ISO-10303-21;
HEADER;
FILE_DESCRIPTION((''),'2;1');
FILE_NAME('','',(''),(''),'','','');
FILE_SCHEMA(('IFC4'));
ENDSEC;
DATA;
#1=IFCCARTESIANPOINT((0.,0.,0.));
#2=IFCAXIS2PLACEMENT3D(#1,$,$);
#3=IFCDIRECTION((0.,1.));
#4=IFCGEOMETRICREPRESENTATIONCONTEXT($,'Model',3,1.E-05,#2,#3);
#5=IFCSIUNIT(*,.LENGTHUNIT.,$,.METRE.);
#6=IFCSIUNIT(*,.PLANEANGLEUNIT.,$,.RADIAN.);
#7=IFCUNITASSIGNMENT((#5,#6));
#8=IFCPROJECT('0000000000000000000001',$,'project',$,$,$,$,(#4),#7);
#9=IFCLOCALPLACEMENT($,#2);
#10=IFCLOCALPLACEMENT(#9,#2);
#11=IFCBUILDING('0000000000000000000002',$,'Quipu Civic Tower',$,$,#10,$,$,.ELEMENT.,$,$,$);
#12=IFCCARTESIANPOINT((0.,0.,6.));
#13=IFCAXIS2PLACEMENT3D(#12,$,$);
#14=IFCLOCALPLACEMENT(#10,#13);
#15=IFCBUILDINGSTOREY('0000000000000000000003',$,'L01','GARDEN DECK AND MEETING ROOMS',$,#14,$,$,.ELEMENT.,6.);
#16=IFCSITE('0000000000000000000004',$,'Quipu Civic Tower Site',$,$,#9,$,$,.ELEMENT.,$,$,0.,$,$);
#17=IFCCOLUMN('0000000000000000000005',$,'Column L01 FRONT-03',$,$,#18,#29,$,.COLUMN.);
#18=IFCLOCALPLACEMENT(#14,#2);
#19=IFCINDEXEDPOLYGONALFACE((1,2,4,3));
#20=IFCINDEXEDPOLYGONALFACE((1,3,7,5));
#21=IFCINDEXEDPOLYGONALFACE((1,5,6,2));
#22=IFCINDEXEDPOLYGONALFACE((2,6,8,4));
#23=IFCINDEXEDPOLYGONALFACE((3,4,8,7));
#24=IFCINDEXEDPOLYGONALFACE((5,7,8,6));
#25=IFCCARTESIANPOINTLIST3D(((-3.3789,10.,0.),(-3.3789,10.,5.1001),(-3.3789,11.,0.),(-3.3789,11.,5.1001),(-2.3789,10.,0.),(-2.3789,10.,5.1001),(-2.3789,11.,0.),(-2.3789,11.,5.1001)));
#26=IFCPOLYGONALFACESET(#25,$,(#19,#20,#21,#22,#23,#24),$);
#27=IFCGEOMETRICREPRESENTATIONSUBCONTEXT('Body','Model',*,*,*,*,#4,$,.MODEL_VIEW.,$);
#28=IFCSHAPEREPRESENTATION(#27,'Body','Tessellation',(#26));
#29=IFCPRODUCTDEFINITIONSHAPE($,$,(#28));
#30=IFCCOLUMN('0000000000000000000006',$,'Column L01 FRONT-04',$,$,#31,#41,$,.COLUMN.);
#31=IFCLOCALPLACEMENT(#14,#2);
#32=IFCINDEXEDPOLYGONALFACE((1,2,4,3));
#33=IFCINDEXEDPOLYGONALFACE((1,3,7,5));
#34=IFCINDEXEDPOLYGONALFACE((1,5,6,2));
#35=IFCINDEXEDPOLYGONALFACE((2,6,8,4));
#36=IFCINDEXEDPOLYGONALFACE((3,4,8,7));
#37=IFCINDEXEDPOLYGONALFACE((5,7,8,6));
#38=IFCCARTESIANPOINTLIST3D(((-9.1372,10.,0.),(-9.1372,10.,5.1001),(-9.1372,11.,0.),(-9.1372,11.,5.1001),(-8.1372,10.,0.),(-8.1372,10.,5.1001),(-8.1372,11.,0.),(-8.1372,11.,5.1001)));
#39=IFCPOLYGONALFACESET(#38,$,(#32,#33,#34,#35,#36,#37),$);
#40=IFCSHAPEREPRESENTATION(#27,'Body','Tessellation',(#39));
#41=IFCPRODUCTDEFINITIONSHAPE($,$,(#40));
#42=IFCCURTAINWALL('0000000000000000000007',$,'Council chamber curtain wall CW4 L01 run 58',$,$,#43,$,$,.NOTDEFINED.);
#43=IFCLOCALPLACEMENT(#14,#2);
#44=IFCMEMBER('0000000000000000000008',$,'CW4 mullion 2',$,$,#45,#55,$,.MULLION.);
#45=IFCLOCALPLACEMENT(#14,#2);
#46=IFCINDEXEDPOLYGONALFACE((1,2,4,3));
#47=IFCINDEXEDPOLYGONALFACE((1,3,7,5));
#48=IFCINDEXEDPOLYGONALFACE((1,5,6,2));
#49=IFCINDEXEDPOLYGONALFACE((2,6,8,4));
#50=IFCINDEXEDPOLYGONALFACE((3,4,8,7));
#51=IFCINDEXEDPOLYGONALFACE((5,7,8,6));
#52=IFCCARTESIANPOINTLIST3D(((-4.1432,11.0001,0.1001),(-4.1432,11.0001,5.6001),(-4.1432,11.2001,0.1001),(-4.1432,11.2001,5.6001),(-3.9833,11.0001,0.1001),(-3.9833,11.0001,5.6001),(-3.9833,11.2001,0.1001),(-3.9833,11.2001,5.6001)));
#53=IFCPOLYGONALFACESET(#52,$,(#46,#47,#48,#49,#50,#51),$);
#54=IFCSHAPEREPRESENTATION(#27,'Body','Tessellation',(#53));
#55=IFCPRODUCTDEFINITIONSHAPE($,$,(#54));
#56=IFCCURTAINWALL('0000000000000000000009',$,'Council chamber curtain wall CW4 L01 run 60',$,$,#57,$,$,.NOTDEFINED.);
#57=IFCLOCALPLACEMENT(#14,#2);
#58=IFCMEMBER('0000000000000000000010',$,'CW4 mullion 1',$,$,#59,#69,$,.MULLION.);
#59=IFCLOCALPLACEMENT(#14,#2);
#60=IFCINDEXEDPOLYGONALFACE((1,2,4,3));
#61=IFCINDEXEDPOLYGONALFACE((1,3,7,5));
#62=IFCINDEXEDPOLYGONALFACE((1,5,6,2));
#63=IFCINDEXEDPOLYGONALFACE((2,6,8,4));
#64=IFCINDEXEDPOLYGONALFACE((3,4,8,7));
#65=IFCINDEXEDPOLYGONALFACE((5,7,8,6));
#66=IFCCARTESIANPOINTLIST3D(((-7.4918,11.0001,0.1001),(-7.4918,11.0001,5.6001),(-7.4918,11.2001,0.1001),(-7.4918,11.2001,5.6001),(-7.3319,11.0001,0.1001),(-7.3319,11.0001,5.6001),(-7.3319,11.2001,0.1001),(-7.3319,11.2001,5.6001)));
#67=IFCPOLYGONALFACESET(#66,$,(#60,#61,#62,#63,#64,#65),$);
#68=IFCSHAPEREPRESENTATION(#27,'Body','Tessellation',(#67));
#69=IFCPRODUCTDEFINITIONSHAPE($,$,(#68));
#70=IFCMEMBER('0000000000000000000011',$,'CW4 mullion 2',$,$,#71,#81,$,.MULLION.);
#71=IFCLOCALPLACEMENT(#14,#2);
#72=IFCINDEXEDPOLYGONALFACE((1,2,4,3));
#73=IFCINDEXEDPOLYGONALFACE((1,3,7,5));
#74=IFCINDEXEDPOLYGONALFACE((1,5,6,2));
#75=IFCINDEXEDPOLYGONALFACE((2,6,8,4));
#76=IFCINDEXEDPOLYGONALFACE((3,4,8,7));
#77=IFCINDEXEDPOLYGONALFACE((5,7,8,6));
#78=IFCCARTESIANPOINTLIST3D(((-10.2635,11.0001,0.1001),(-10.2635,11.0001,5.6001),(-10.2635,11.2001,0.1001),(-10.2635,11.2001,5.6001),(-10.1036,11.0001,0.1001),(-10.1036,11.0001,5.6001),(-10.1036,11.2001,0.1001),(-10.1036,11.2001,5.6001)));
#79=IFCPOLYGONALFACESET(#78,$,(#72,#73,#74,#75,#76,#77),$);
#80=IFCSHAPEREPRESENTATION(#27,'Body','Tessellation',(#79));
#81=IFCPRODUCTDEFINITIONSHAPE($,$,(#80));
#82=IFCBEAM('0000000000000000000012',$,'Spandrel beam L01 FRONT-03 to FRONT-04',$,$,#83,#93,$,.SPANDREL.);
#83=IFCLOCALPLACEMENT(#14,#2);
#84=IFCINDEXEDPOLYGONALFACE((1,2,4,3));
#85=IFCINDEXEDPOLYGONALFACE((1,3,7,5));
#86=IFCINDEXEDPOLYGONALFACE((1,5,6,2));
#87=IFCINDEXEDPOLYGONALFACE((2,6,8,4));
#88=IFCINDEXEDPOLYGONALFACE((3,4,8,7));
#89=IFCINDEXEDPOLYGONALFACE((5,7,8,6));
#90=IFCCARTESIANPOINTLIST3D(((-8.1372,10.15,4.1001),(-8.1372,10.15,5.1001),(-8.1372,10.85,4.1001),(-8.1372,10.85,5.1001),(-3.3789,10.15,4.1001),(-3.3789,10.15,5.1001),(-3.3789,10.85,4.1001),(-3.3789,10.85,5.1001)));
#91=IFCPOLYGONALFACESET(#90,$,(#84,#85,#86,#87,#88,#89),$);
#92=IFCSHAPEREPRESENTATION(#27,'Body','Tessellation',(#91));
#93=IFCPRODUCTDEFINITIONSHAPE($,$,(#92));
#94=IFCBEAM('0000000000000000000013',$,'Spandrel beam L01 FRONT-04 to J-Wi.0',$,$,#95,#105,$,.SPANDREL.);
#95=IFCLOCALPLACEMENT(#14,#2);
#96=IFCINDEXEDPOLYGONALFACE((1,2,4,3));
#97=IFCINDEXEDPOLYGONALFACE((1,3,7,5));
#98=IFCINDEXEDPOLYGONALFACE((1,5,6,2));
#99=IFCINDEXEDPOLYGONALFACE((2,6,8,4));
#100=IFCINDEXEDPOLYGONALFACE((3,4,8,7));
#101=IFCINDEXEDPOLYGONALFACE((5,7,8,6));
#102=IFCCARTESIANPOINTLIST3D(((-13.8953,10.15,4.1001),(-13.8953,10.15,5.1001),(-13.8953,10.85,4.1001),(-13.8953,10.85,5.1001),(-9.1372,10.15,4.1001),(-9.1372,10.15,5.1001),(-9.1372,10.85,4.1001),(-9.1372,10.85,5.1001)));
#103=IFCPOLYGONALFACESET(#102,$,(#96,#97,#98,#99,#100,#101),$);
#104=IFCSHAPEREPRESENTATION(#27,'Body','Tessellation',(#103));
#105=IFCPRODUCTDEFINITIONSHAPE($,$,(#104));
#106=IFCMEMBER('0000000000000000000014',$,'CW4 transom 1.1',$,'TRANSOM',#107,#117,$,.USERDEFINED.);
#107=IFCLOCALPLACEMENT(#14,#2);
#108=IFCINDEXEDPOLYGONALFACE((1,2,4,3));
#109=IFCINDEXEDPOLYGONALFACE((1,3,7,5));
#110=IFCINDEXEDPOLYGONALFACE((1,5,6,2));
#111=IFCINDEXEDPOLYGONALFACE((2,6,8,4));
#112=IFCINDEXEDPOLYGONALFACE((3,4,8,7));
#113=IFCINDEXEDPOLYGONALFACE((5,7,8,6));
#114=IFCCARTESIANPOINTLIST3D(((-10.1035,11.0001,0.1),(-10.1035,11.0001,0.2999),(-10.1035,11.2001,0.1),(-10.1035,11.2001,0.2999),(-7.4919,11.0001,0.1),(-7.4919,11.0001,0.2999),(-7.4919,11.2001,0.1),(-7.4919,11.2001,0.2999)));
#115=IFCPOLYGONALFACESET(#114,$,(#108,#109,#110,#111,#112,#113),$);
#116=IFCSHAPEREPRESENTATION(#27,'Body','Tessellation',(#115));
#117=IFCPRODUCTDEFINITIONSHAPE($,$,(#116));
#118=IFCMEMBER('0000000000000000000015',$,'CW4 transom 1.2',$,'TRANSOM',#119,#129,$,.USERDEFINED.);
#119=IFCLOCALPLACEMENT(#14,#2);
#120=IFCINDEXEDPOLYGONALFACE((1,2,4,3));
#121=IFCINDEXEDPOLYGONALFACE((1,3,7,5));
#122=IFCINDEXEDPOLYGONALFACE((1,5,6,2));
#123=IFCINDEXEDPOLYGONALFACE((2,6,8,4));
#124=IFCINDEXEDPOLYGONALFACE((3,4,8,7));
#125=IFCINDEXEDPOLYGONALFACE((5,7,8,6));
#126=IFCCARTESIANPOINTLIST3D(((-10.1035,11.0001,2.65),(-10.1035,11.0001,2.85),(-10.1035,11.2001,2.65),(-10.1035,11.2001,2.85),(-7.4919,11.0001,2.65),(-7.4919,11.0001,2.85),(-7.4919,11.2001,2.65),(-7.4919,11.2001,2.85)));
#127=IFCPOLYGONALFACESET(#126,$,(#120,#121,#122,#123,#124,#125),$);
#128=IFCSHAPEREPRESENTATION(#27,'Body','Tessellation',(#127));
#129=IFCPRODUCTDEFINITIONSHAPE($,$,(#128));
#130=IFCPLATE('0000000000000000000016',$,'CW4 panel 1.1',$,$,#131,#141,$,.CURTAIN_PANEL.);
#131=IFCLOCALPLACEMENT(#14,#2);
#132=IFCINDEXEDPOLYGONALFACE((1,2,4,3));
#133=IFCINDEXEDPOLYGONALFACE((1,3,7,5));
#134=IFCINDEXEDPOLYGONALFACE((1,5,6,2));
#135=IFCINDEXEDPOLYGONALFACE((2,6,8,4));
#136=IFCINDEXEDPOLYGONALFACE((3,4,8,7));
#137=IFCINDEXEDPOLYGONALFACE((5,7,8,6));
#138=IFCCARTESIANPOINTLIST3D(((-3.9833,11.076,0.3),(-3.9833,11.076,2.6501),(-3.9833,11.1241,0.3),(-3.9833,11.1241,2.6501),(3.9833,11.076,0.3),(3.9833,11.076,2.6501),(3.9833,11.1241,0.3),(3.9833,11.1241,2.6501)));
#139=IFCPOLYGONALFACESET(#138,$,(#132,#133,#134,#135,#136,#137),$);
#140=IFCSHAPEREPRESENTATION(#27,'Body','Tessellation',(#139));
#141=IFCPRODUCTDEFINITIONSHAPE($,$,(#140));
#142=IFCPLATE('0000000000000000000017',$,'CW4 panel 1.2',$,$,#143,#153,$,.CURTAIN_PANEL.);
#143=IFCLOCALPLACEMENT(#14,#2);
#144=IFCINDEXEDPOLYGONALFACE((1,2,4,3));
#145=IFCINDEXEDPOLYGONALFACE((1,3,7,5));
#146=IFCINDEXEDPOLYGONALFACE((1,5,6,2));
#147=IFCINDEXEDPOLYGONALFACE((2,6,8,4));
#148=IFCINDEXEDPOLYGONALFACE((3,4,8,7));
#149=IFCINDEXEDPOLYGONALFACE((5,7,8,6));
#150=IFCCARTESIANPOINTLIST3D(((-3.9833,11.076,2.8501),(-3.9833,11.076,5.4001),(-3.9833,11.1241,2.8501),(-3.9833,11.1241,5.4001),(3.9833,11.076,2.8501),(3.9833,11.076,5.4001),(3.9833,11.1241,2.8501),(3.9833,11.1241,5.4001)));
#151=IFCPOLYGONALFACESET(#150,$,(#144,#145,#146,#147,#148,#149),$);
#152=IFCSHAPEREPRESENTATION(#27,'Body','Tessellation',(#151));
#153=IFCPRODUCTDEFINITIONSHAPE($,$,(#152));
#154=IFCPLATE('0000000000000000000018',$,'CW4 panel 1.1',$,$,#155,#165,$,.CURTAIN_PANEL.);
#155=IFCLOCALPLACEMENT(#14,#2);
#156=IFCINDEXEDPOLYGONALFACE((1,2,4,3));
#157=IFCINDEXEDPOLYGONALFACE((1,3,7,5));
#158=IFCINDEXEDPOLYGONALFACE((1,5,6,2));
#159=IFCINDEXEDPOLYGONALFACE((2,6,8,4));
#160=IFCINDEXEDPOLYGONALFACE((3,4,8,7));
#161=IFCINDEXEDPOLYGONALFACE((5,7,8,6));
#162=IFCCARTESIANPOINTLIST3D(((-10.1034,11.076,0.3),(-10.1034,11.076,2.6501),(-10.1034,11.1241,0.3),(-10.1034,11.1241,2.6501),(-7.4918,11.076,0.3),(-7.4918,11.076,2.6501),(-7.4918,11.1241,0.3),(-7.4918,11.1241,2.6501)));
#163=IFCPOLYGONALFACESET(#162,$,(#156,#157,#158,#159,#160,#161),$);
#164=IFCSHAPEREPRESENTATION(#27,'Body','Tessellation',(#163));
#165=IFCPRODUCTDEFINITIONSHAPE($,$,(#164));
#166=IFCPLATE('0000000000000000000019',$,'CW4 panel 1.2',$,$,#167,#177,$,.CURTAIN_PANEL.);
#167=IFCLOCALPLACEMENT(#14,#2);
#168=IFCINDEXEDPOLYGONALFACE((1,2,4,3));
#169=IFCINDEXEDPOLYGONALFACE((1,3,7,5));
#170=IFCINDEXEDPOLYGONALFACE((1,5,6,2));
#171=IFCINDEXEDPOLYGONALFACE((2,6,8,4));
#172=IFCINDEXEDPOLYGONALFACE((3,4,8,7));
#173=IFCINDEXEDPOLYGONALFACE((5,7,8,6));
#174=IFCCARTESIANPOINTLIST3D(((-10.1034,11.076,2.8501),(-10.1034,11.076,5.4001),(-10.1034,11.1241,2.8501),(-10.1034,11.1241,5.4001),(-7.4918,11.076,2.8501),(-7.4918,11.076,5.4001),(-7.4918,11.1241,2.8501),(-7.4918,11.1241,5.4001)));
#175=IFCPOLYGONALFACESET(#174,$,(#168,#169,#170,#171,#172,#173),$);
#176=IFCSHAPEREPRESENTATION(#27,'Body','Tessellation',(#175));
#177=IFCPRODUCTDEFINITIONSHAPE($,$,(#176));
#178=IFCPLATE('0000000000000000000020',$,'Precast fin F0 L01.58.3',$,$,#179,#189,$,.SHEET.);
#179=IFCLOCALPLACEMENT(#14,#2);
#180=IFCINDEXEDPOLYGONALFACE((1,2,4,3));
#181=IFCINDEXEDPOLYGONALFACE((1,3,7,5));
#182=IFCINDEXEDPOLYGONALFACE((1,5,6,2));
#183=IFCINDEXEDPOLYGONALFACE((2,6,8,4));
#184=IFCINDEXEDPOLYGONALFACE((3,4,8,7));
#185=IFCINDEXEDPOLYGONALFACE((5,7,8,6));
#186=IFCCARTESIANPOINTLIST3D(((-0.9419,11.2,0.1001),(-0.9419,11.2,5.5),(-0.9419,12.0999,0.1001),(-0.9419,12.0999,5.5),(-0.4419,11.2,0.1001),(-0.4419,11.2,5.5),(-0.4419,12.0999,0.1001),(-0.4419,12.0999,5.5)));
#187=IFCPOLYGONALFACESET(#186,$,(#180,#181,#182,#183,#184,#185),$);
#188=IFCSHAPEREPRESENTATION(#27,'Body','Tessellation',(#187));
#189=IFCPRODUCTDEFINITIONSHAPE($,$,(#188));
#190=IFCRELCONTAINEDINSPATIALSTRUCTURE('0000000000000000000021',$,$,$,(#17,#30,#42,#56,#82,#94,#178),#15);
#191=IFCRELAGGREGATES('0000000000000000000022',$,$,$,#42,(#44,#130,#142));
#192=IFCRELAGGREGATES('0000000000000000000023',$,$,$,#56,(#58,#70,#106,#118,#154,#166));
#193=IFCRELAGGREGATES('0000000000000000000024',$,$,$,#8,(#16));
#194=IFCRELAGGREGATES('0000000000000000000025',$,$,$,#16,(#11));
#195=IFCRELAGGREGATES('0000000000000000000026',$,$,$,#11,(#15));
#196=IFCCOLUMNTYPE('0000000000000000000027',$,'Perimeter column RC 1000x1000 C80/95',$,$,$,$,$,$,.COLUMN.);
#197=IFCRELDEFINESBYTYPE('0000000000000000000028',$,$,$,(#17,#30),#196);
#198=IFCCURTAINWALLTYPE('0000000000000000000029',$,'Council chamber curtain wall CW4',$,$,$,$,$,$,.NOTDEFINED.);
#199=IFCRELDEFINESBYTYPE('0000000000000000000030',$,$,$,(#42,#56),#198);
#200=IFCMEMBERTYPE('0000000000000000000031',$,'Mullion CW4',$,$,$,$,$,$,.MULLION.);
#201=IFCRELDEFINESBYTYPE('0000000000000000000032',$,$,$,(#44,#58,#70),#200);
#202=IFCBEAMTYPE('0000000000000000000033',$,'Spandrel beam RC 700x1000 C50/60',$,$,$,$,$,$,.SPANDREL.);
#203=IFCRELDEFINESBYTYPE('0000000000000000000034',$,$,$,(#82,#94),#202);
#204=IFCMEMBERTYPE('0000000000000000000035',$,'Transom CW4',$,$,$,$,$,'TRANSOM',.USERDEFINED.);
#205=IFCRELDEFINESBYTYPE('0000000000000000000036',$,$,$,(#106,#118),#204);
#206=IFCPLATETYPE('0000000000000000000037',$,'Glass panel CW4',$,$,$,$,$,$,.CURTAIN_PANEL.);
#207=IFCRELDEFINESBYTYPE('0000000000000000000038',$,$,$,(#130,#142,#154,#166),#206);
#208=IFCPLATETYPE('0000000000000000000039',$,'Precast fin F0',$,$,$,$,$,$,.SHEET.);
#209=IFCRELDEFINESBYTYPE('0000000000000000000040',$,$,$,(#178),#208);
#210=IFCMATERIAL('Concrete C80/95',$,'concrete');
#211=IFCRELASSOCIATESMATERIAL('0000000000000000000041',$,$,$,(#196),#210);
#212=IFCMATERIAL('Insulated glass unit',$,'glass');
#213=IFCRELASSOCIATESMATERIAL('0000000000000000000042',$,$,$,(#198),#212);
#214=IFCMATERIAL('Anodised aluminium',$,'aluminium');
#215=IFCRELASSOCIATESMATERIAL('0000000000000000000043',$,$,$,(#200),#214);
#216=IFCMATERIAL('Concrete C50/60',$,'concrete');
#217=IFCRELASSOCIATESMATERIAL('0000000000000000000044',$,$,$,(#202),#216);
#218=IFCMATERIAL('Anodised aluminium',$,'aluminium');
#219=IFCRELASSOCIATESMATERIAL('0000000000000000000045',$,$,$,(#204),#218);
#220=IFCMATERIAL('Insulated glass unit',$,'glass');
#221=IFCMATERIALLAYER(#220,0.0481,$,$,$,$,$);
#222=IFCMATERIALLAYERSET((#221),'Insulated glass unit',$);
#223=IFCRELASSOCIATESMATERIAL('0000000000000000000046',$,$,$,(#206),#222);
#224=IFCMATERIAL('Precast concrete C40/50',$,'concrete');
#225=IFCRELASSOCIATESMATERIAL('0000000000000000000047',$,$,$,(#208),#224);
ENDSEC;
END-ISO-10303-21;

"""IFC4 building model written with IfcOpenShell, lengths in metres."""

from ifc_helpers import new_model, si_unit, direction, frame, origin, origin_2d, place, context, subcontext, project, spatial, rectangle, extrude, material, layer, layer_set, material_profile, profile_set, type_object, element, aggregate, save


model = new_model("IFC4")

# Units and contexts
model_context = context("Model", 3, precision=1e-05, world=origin(), true_north=direction((0.0, 1.0)))
body_context = subcontext(model_context, "Body", "Model", "MODEL_VIEW")
ifc_project = project(units=[si_unit("LENGTHUNIT", "METRE"), si_unit("PLANEANGLEUNIT", "RADIAN")], contexts=[model_context])

# Site, building, storey
site_placement = place(None, origin())
site = spatial("IfcSite", under=ifc_project, at=site_placement, Name="Quipu Civic Tower Site", CompositionType="ELEMENT", RefElevation=0.0)
building_placement = place(site_placement, origin())
building = spatial("IfcBuilding", under=site, at=building_placement, Name="Quipu Civic Tower", CompositionType="ELEMENT")
storey_placement = place(building_placement, frame((0.0, 0.0, 6.0)))
storey = spatial("IfcBuildingStorey", under=building, at=storey_placement, Name="L01", Description="GARDEN DECK AND MEETING ROOMS", CompositionType="ELEMENT", Elevation=6.0)

# Columns
ifc_material_1 = material(Name="Concrete C80/95", Category="concrete")
ifc_material_profile_1 = material_profile(ifc_material_1, rectangle(XDim=1.0, YDim=1.0, at=origin_2d()), Name="RC1000x1000")
ifc_profile_set_1 = profile_set([ifc_material_profile_1], Name="Concrete C80/95")
column_type = type_object("IfcColumnType", Name="Perimeter column RC 1000x1000 C80/95", PredefinedType="COLUMN", material=ifc_profile_set_1)
for number, where, z_axis, x_axis, name in (
    (1, (-2.8789, 10.5, 0.0), (0.0, 0.0, 1.0), (-1.0, 0.0, 0.0), "Column L01 FRONT-03"),
    (2, (-8.6372, 10.5, 0.0), (0.0, 0.0, 1.0), (-1.0, 0.0, 0.0), "Column L01 FRONT-04"),
):
    element("IfcColumn", number, at=place(storey_placement, frame(where, z_axis=z_axis, x_axis=x_axis)), inside=storey, type_object=column_type, Name=name, PredefinedType="COLUMN", context=body_context, shape_type="SweptSolid", body=[
        extrude(rectangle(XDim=1.0, YDim=1.0, at=origin_2d()), origin(), (0.0, 0.0, 1.0), 5.1001),
    ])

# Curtain wall, member
ifc_material_2 = material(Name="Insulated glass unit", Category="glass")
curtain_wall_type = type_object("IfcCurtainWallType", Name="Council chamber curtain wall CW4", PredefinedType="NOTDEFINED", material=ifc_material_2)
curtain_wall_1_placement = place(storey_placement, origin())
curtain_wall_1 = element("IfcCurtainWall", 3, at=curtain_wall_1_placement, inside=storey, type_object=curtain_wall_type, Name="Council chamber curtain wall CW4 L01 run 58", PredefinedType="NOTDEFINED")
ifc_material_3 = material(Name="Anodised aluminium", Category="aluminium")
ifc_material_profile_2 = material_profile(ifc_material_3, rectangle(XDim=0.2, YDim=0.1599, at=origin_2d()), Name="RECT 200x160")
ifc_profile_set_2 = profile_set([ifc_material_profile_2], Name="Anodised aluminium")
member_type_1 = type_object("IfcMemberType", Name="Mullion CW4", PredefinedType="MULLION", material=ifc_profile_set_2)
member_1_placement = place(storey_placement, frame((-4.0632, 11.1001, 0.1001), z_axis=(0.0, 0.0, 1.0), x_axis=(0.0, -1.0, 0.0)))
member_1 = element("IfcMember", 4, at=member_1_placement, type_object=member_type_1, Name="CW4 mullion 2", PredefinedType="MULLION", context=body_context, shape_type="SweptSolid", body=[
    extrude(rectangle(XDim=0.2, YDim=0.1599, at=origin_2d()), origin(), (0.0, 0.0, 1.0), 5.5),
])

# Curtain wall, members
curtain_wall_2_placement = place(storey_placement, origin())
curtain_wall_2 = element("IfcCurtainWall", 5, at=curtain_wall_2_placement, inside=storey, type_object=curtain_wall_type, Name="Council chamber curtain wall CW4 L01 run 60", PredefinedType="NOTDEFINED")
member_2_placement = place(storey_placement, frame((-7.4119, 11.1001, 0.1001), z_axis=(0.0, 0.0, 1.0), x_axis=(0.0, -1.0, 0.0)))
member_2 = element("IfcMember", 6, at=member_2_placement, type_object=member_type_1, Name="CW4 mullion 1", PredefinedType="MULLION", context=body_context, shape_type="SweptSolid", body=[
    extrude(rectangle(XDim=0.2, YDim=0.1599, at=origin_2d()), origin(), (0.0, 0.0, 1.0), 5.5),
])
member_3_placement = place(storey_placement, frame((-10.1836, 11.1001, 0.1001), z_axis=(0.0, 0.0, 1.0), x_axis=(0.0, -1.0, 0.0)))
member_3 = element("IfcMember", 7, at=member_3_placement, type_object=member_type_1, Name="CW4 mullion 2", PredefinedType="MULLION", context=body_context, shape_type="SweptSolid", body=[
    extrude(rectangle(XDim=0.2, YDim=0.1599, at=origin_2d()), origin(), (0.0, 0.0, 1.0), 5.5),
])

# Beams
ifc_material_4 = material(Name="Concrete C50/60", Category="concrete")
ifc_material_profile_3 = material_profile(ifc_material_4, rectangle(XDim=0.7, YDim=1.0, at=origin_2d()), Name="RC700x1000")
ifc_profile_set_3 = profile_set([ifc_material_profile_3], Name="Concrete C50/60")
beam_type = type_object("IfcBeamType", Name="Spandrel beam RC 700x1000 C50/60", PredefinedType="SPANDREL", material=ifc_profile_set_3)
beam_1_placement = place(storey_placement, frame((-3.3789, 10.5, 4.6001), z_axis=(-1.0, 0.0, 0.0), x_axis=(0.0, -1.0, 0.0)))
element("IfcBeam", 8, at=beam_1_placement, inside=storey, type_object=beam_type, Name="Spandrel beam L01 FRONT-03 to FRONT-04", PredefinedType="SPANDREL", context=body_context, shape_type="SweptSolid", body=[
    extrude(rectangle(XDim=0.7, YDim=1.0, at=origin_2d()), origin(), (0.0, 0.0, 1.0), 4.7583),
])
beam_2_placement = place(storey_placement, frame((-9.1372, 10.5, 4.6001), z_axis=(-1.0, 0.0, 0.0), x_axis=(0.0, -1.0, 0.0)))
element("IfcBeam", 9, at=beam_2_placement, inside=storey, type_object=beam_type, Name="Spandrel beam L01 FRONT-04 to J-Wi.0", PredefinedType="SPANDREL", context=body_context, shape_type="SweptSolid", body=[
    extrude(rectangle(XDim=0.7, YDim=1.0, at=origin_2d()), origin(), (0.0, 0.0, 1.0), 4.7581),
])

# Members
ifc_material_5 = material(Name="Anodised aluminium", Category="aluminium")
ifc_material_profile_4 = material_profile(ifc_material_5, rectangle(XDim=0.2, YDim=0.2, at=origin_2d()), Name="RECT 200x200")
ifc_profile_set_4 = profile_set([ifc_material_profile_4], Name="Anodised aluminium")
member_type_2 = type_object("IfcMemberType", Name="Transom CW4", ElementType="TRANSOM", PredefinedType="USERDEFINED", material=ifc_profile_set_4)
member_4_placement = place(storey_placement, frame((-7.4919, 11.1001, 0.2), z_axis=(-1.0, 0.0, 0.0), x_axis=(0.0, -1.0, 0.0)))
member_4 = element("IfcMember", 10, at=member_4_placement, type_object=member_type_2, Name="CW4 transom 1.1", ObjectType="TRANSOM", PredefinedType="USERDEFINED", context=body_context, shape_type="SweptSolid", body=[
    extrude(rectangle(XDim=0.2, YDim=0.2, at=origin_2d()), origin(), (0.0, 0.0, 1.0), 2.6116),
])
member_5_placement = place(storey_placement, frame((-7.4919, 11.1001, 2.75), z_axis=(-1.0, 0.0, 0.0), x_axis=(0.0, -1.0, 0.0)))
member_5 = element("IfcMember", 11, at=member_5_placement, type_object=member_type_2, Name="CW4 transom 1.2", ObjectType="TRANSOM", PredefinedType="USERDEFINED", context=body_context, shape_type="SweptSolid", body=[
    extrude(rectangle(XDim=0.2, YDim=0.2, at=origin_2d()), origin(), (0.0, 0.0, 1.0), 2.6116),
])

# Plates
ifc_material_6 = material(Name="Insulated glass unit", Category="glass")
ifc_layer_1 = layer(ifc_material_6, 0.0481)
ifc_layer_set_1 = layer_set([ifc_layer_1], Name="Insulated glass unit")
plate_type_1 = type_object("IfcPlateType", Name="Glass panel CW4", PredefinedType="CURTAIN_PANEL", material=ifc_layer_set_1)
plate_1_placement = place(storey_placement, frame((0.0, 11.1001, 0.3), z_axis=(0.0, 0.0, 1.0), x_axis=(-1.0, 0.0, 0.0)))
plate_1 = element("IfcPlate", 12, at=plate_1_placement, type_object=plate_type_1, Name="CW4 panel 1.1", PredefinedType="CURTAIN_PANEL", context=body_context, shape_type="SweptSolid", body=[
    extrude(rectangle(XDim=7.9666, YDim=0.0481, at=origin_2d()), origin(), (0.0, 0.0, 1.0), 2.3501),
])
plate_2_placement = place(storey_placement, frame((0.0, 11.1001, 2.8501), z_axis=(0.0, 0.0, 1.0), x_axis=(-1.0, 0.0, 0.0)))
plate_2 = element("IfcPlate", 13, at=plate_2_placement, type_object=plate_type_1, Name="CW4 panel 1.2", PredefinedType="CURTAIN_PANEL", context=body_context, shape_type="SweptSolid", body=[
    extrude(rectangle(XDim=7.9666, YDim=0.0481, at=origin_2d()), origin(), (0.0, 0.0, 1.0), 2.55),
])
aggregate(curtain_wall_1, [member_1, plate_1, plate_2])
plate_3_placement = place(storey_placement, frame((-8.7976, 11.1001, 0.3), z_axis=(0.0, 0.0, 1.0), x_axis=(-1.0, 0.0, 0.0)))
plate_3 = element("IfcPlate", 14, at=plate_3_placement, type_object=plate_type_1, Name="CW4 panel 1.1", PredefinedType="CURTAIN_PANEL", context=body_context, shape_type="SweptSolid", body=[
    extrude(rectangle(XDim=2.6116, YDim=0.0481, at=origin_2d()), origin(), (0.0, 0.0, 1.0), 2.3501),
])
plate_4_placement = place(storey_placement, frame((-8.7976, 11.1001, 2.8501), z_axis=(0.0, 0.0, 1.0), x_axis=(-1.0, 0.0, 0.0)))
plate_4 = element("IfcPlate", 15, at=plate_4_placement, type_object=plate_type_1, Name="CW4 panel 1.2", PredefinedType="CURTAIN_PANEL", context=body_context, shape_type="SweptSolid", body=[
    extrude(rectangle(XDim=2.6116, YDim=0.0481, at=origin_2d()), origin(), (0.0, 0.0, 1.0), 2.55),
])
aggregate(curtain_wall_2, [member_2, member_3, member_4, member_5, plate_3, plate_4])

# Plate
ifc_material_7 = material(Name="Precast concrete C40/50", Category="concrete")
plate_type_2 = type_object("IfcPlateType", Name="Precast fin F0", PredefinedType="SHEET", material=ifc_material_7)
for number, where, z_axis, x_axis, name in (
    (16, (-0.6919, 11.6499, 0.1001), (0.0, 0.0, 1.0), (-1.0, 0.0, 0.0), "Precast fin F0 L01.58.3"),
):
    element("IfcPlate", number, at=place(storey_placement, frame(where, z_axis=z_axis, x_axis=x_axis)), inside=storey, type_object=plate_type_2, Name=name, PredefinedType="SHEET", context=body_context, shape_type="SweptSolid", body=[
        extrude(rectangle(XDim=0.5, YDim=0.8999, at=origin_2d()), origin(), (0.0, 0.0, 1.0), 5.3999),
    ])

save(model, "model.ifc")
